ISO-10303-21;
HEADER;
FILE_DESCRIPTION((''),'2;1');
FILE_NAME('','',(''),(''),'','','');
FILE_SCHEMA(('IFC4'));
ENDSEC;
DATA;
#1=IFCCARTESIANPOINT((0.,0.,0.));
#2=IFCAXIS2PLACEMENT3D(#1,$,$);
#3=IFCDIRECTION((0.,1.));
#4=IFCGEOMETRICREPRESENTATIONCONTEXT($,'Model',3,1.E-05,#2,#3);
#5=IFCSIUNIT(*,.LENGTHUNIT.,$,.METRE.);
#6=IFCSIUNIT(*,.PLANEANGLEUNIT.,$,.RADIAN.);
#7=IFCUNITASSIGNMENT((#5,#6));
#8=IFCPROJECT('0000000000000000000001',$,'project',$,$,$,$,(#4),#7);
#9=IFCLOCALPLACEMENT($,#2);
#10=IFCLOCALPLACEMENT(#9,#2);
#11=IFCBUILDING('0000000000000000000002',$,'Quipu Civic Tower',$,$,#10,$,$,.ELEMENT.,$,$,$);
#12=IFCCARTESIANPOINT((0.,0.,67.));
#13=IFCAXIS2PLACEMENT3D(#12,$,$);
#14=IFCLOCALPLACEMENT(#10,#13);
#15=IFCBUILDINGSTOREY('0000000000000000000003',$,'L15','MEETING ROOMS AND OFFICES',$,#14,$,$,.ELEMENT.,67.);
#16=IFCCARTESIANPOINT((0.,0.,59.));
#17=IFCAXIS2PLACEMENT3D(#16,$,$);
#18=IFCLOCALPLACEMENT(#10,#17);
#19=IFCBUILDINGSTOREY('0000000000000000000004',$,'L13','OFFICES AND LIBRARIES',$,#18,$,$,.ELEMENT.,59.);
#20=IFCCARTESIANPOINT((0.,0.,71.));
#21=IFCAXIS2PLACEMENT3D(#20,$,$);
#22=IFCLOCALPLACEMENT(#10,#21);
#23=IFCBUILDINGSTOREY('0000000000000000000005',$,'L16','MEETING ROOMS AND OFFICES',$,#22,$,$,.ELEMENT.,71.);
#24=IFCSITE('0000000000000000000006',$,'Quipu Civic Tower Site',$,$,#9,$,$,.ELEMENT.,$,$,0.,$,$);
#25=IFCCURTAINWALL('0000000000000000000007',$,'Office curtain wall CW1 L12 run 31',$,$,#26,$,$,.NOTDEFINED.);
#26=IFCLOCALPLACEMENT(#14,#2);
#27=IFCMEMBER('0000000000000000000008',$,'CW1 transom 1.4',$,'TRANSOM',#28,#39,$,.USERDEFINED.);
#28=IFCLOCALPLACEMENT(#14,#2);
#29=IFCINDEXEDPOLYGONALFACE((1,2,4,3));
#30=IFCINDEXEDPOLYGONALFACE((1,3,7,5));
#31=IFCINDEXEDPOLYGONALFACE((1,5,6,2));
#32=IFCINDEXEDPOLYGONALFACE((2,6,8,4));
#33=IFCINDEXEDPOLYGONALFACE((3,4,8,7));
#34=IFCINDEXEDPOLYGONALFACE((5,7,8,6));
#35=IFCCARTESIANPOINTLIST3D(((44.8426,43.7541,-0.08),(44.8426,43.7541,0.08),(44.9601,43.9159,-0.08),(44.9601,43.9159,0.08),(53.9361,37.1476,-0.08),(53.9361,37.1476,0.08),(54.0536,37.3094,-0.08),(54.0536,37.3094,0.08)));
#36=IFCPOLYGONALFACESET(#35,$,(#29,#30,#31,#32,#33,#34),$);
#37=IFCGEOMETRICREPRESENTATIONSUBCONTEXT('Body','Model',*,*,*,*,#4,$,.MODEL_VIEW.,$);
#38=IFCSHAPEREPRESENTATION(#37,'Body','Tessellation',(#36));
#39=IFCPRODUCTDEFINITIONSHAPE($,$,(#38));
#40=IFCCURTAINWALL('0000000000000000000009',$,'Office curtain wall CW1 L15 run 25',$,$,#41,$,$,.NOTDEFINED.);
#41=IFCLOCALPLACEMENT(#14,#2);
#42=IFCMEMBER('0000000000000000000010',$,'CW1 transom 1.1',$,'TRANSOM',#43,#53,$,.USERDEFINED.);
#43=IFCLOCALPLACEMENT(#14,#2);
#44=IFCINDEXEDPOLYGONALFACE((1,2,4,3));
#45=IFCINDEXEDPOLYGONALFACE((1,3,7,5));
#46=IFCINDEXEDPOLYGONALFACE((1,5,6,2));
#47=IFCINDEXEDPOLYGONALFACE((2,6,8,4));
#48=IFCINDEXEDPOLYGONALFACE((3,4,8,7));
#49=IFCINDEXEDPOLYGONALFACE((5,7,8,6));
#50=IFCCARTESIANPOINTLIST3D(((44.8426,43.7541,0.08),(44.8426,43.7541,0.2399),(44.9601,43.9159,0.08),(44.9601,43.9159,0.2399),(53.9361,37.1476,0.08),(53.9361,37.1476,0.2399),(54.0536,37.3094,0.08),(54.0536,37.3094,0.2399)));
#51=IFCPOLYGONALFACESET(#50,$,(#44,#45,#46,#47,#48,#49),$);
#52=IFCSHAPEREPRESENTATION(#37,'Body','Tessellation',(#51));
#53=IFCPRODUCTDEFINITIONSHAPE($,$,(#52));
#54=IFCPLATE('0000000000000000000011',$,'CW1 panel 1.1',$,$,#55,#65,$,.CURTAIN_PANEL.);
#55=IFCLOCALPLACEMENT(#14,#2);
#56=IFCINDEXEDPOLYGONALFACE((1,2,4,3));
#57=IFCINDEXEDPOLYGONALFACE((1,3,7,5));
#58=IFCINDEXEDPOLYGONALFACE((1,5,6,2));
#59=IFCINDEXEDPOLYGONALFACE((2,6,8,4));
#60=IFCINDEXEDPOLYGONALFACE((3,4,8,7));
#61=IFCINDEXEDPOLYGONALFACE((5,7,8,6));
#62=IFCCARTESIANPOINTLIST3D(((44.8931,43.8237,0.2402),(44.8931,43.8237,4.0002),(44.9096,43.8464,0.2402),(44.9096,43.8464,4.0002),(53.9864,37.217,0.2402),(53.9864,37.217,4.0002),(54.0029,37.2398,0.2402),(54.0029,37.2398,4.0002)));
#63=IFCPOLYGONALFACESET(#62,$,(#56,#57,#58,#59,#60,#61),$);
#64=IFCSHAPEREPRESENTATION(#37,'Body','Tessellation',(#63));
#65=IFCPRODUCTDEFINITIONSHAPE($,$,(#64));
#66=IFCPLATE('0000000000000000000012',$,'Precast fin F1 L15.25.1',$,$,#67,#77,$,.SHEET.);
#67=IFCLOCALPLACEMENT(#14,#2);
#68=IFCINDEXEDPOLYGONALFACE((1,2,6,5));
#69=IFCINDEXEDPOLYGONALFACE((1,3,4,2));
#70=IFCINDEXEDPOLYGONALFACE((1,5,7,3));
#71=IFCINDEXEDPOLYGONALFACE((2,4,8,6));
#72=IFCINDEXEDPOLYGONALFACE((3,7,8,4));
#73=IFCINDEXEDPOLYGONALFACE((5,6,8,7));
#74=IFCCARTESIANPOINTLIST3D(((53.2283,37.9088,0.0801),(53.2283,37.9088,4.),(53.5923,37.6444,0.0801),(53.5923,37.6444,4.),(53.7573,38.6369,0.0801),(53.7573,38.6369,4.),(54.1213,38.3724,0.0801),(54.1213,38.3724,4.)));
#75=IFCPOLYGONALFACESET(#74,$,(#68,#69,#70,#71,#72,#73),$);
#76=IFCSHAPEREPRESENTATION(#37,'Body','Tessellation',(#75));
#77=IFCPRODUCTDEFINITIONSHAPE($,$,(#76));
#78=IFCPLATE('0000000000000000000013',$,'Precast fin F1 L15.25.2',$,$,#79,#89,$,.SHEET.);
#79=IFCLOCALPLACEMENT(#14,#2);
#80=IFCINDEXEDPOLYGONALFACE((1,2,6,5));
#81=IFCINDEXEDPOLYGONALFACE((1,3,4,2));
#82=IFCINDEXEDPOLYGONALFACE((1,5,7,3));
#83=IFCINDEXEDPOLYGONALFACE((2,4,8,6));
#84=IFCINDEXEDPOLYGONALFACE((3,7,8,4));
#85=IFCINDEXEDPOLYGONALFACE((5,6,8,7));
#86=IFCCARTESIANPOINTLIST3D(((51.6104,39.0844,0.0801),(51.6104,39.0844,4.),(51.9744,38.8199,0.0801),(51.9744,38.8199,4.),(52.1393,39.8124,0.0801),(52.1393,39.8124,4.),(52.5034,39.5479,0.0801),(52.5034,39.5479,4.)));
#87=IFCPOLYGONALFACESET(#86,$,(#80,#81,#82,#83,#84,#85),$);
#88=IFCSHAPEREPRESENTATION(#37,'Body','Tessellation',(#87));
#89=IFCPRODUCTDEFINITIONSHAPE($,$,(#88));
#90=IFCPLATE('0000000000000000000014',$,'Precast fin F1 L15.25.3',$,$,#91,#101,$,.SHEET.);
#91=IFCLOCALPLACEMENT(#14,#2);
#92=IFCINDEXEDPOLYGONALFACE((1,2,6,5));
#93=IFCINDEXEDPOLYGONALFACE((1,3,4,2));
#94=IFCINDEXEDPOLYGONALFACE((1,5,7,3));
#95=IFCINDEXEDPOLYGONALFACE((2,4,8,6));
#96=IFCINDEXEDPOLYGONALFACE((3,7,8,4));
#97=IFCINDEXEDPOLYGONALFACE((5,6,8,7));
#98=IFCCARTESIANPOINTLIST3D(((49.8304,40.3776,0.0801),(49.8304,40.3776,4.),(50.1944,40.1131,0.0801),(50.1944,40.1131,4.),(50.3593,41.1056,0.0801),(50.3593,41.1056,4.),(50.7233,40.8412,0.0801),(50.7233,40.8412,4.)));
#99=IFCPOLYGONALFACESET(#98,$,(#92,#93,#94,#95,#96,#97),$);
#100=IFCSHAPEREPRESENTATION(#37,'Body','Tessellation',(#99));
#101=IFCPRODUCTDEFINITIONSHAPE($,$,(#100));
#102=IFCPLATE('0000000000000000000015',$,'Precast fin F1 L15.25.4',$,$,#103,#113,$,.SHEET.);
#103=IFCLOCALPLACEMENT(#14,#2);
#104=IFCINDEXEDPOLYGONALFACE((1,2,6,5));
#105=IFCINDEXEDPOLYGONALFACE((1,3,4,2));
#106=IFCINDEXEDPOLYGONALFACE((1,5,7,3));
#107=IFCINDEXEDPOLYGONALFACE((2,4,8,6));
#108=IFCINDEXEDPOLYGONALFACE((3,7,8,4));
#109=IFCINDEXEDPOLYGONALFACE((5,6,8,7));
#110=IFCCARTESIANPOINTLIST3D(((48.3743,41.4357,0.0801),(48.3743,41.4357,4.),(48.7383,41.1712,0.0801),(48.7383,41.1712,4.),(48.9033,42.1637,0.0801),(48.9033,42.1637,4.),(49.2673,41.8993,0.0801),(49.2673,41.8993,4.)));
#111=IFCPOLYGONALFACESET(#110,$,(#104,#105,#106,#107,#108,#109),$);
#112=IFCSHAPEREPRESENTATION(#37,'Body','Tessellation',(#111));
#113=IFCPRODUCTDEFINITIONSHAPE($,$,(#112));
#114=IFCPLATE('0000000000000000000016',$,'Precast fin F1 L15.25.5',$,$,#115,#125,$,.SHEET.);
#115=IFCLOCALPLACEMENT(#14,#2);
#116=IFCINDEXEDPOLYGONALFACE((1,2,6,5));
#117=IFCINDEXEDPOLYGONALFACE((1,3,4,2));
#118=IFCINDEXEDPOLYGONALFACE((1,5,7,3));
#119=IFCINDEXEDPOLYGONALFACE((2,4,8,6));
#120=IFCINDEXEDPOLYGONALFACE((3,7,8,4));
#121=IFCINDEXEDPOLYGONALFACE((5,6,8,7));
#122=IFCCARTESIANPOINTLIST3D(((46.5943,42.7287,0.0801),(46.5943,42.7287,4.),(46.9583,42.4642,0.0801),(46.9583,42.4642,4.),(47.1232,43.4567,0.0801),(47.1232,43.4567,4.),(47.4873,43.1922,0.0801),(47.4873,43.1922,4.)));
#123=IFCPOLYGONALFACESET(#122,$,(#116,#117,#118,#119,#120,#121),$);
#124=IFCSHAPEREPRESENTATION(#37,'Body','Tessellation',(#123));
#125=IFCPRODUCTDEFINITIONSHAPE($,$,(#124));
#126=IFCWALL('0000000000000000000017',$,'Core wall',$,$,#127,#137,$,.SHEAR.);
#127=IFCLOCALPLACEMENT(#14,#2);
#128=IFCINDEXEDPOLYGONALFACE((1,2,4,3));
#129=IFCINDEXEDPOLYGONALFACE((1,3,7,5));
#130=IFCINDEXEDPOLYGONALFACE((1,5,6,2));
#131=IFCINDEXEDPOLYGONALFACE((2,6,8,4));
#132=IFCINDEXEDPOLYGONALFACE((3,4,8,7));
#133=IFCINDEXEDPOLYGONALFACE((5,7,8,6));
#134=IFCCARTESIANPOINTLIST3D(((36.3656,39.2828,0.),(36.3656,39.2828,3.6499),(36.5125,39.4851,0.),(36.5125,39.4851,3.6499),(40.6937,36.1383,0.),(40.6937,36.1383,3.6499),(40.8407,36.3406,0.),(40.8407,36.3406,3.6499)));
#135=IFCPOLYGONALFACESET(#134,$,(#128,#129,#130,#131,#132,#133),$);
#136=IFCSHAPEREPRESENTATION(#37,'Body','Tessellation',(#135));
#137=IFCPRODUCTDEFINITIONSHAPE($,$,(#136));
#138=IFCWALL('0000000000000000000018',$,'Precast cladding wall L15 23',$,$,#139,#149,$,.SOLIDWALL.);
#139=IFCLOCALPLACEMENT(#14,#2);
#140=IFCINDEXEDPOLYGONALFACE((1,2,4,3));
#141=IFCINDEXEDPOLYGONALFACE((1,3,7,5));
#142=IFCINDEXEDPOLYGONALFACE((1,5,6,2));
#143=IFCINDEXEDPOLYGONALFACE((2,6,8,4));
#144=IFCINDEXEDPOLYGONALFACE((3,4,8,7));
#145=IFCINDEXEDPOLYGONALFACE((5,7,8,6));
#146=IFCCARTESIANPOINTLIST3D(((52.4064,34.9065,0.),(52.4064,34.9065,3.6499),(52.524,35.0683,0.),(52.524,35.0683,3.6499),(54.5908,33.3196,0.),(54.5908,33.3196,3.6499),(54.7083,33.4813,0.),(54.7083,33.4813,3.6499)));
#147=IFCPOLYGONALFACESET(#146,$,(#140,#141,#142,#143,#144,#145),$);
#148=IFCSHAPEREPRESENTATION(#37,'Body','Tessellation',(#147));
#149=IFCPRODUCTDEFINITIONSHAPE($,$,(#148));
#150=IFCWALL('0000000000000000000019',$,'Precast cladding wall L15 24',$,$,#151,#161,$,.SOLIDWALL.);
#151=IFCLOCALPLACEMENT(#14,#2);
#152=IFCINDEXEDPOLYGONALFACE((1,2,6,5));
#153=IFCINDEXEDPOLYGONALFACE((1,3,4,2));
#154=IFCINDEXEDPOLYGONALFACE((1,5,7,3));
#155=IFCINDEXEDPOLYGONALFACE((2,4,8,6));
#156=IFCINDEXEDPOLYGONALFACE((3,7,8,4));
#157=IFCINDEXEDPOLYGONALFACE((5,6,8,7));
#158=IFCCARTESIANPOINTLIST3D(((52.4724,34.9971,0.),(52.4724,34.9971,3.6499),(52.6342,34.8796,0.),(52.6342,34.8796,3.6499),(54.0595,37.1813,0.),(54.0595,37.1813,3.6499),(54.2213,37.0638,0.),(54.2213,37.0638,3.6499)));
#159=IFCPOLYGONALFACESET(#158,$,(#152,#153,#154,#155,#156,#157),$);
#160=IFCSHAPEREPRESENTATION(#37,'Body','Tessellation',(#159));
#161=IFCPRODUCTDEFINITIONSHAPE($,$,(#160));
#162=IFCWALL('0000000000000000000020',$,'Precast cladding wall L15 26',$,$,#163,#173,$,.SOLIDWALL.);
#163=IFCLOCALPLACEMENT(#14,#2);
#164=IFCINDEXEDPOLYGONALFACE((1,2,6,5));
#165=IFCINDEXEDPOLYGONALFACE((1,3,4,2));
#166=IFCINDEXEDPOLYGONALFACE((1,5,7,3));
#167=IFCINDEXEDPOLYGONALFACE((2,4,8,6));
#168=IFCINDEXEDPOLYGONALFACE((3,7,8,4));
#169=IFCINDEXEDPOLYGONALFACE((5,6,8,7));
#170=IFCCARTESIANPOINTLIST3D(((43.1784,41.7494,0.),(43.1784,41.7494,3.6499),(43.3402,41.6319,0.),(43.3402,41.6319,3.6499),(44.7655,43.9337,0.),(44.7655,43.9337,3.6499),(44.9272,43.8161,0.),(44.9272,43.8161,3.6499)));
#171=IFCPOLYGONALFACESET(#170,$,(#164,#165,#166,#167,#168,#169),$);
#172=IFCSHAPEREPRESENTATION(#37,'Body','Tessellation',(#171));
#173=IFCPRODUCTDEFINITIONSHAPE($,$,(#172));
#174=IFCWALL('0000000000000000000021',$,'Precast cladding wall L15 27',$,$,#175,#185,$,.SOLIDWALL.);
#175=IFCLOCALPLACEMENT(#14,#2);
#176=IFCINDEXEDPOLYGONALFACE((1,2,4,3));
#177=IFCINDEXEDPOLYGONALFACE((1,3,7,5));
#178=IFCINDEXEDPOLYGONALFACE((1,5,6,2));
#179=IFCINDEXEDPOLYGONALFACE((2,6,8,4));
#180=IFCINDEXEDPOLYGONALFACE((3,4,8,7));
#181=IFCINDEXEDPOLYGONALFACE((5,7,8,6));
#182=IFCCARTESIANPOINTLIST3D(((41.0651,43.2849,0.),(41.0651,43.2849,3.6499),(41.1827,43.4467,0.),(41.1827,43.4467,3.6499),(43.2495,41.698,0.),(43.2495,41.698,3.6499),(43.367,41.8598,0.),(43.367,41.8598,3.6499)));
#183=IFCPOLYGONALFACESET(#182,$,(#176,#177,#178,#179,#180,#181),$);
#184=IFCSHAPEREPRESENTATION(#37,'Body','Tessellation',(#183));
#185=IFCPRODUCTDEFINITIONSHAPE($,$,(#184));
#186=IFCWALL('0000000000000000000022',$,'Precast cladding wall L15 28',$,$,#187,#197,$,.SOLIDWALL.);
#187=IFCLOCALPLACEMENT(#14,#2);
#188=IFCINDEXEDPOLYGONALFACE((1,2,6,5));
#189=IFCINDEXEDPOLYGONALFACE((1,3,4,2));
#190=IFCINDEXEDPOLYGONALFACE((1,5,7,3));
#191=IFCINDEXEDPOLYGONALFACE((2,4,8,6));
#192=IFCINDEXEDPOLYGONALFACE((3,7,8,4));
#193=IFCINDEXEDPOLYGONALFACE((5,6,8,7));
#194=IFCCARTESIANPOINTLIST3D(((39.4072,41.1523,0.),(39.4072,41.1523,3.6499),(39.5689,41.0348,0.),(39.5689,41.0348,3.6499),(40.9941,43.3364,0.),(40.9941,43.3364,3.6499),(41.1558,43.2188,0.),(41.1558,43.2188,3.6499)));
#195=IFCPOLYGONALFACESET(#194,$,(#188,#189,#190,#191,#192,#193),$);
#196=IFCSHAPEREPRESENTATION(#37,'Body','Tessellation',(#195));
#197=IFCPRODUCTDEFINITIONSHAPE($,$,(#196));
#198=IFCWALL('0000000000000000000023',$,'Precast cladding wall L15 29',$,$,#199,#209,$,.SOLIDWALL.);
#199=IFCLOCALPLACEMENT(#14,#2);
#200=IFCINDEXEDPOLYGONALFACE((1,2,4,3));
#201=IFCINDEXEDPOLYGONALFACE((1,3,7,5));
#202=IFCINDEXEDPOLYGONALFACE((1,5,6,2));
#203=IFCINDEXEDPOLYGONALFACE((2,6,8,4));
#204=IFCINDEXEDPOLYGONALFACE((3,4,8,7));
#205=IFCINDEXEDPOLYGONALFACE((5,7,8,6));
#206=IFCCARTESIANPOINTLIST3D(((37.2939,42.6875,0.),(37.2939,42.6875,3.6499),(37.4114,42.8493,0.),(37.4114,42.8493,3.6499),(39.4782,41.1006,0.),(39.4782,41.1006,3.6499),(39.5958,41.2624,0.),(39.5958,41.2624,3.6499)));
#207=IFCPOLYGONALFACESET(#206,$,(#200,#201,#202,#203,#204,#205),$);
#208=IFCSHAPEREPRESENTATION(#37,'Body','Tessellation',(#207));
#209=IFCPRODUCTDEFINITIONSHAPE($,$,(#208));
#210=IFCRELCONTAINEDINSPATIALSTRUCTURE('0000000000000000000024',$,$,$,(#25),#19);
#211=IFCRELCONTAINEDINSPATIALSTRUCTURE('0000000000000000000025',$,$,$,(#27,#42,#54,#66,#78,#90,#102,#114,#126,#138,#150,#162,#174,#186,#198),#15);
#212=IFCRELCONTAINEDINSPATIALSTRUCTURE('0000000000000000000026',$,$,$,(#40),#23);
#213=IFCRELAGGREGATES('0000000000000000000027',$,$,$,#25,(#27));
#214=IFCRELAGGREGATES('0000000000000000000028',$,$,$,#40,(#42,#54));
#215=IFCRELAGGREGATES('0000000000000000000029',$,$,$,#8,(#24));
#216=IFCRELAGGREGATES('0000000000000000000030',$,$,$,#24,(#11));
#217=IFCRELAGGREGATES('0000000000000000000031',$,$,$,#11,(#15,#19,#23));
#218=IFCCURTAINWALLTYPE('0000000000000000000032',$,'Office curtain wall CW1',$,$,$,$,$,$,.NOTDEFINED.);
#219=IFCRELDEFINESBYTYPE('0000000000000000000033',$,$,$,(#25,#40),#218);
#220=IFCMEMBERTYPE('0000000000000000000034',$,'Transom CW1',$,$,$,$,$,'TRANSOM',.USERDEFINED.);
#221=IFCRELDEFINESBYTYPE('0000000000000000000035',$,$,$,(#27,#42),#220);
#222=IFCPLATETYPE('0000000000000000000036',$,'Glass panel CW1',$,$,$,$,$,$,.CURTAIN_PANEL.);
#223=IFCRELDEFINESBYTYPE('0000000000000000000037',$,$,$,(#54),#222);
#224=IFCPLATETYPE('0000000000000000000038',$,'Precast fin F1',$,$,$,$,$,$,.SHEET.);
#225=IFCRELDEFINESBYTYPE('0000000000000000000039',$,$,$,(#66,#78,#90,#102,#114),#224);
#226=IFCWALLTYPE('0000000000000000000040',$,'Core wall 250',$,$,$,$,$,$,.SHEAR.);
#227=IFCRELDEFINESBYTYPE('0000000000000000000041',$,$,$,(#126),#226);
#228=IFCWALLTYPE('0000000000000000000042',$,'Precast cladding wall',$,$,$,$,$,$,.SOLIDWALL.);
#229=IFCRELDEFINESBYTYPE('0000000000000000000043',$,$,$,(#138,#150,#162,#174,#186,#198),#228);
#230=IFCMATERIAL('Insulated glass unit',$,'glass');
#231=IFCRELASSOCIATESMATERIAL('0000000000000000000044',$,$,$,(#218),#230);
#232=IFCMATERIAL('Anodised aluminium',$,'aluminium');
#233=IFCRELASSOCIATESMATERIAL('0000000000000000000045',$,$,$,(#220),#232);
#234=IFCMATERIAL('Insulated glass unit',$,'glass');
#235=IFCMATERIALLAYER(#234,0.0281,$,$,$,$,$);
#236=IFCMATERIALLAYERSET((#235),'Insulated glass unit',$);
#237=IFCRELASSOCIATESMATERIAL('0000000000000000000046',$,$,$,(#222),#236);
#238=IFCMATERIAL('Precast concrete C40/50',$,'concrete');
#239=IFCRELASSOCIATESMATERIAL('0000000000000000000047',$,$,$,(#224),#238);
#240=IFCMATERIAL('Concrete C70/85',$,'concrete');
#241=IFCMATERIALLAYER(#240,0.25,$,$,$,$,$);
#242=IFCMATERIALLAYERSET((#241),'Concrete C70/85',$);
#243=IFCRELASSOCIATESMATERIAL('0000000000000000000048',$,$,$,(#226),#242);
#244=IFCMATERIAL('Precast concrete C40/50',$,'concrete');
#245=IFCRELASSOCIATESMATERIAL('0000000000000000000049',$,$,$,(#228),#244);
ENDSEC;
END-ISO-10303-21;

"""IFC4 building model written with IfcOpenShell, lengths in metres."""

from ifc_helpers import new_model, si_unit, direction, frame, frame_2d, origin, origin_2d, place, context, subcontext, project, spatial, rectangle, extrude, material, layer, layer_set, material_profile, profile_set, type_object, element, aggregate, save


model = new_model("IFC4")

# Units and contexts
model_context = context("Model", 3, precision=1e-05, world=origin(), true_north=direction((0.0, 1.0)))
body_context = subcontext(model_context, "Body", "Model", "MODEL_VIEW")
ifc_project = project(units=[si_unit("LENGTHUNIT", "METRE"), si_unit("PLANEANGLEUNIT", "RADIAN")], contexts=[model_context])

# Site, building, storey
site_placement = place(None, origin())
site = spatial("IfcSite", under=ifc_project, at=site_placement, Name="Quipu Civic Tower Site", CompositionType="ELEMENT", RefElevation=0.0)
building_placement = place(site_placement, origin())
building = spatial("IfcBuilding", under=site, at=building_placement, Name="Quipu Civic Tower", CompositionType="ELEMENT")
storey_1_placement = place(building_placement, frame((0.0, 0.0, 67.0)))
storey_1 = spatial("IfcBuildingStorey", under=building, at=storey_1_placement, Name="L15", Description="MEETING ROOMS AND OFFICES", CompositionType="ELEMENT", Elevation=67.0)

# Shared definitions
storey_2_placement = place(building_placement, frame((0.0, 0.0, 59.0)))
storey_2 = spatial("IfcBuildingStorey", under=building, at=storey_2_placement, Name="L13", Description="OFFICES AND LIBRARIES", CompositionType="ELEMENT", Elevation=59.0)

# Curtain wall, member
ifc_material_1 = material(Name="Insulated glass unit", Category="glass")
curtain_wall_type = type_object("IfcCurtainWallType", Name="Office curtain wall CW1", PredefinedType="NOTDEFINED", material=ifc_material_1)
curtain_wall_1_placement = place(storey_2_placement, origin())
curtain_wall_1 = element("IfcCurtainWall", 1, at=curtain_wall_1_placement, inside=storey_2, type_object=curtain_wall_type, Name="Office curtain wall CW1 L12 run 31", PredefinedType="NOTDEFINED")
ifc_material_2 = material(Name="Anodised aluminium", Category="aluminium")
ifc_material_profile_1 = material_profile(ifc_material_2, rectangle(XDim=0.2, YDim=0.1599, at=origin_2d()), Name="RECT 200x160")
ifc_profile_set_1 = profile_set([ifc_material_profile_1], Name="Anodised aluminium")
member_type = type_object("IfcMemberType", Name="Transom CW1", ElementType="TRANSOM", PredefinedType="USERDEFINED", material=ifc_profile_set_1)
member_1_placement = place(storey_1_placement, frame((53.9949, 37.2285, 0.0), z_axis=(-0.809033, 0.587764, 0.0), x_axis=(-0.587764, -0.809033, 0.0)))
member_1 = element("IfcMember", 2, at=member_1_placement, inside=storey_1, type_object=member_type, Name="CW1 transom 1.4", ObjectType="TRANSOM", PredefinedType="USERDEFINED", context=body_context, shape_type="SweptSolid", body=[
    extrude(rectangle(XDim=0.2, YDim=0.1599, at=origin_2d()), origin(), (0.0, 0.0, 1.0), 11.24),
])
aggregate(curtain_wall_1, [member_1])

# Shared definitions
storey_3_placement = place(building_placement, frame((0.0, 0.0, 71.0)))
storey_3 = spatial("IfcBuildingStorey", under=building, at=storey_3_placement, Name="L16", Description="MEETING ROOMS AND OFFICES", CompositionType="ELEMENT", Elevation=71.0)

# Curtain wall, member, plate
curtain_wall_2_placement = place(storey_3_placement, origin())
curtain_wall_2 = element("IfcCurtainWall", 3, at=curtain_wall_2_placement, inside=storey_3, type_object=curtain_wall_type, Name="Office curtain wall CW1 L15 run 25", PredefinedType="NOTDEFINED")
member_2_placement = place(storey_1_placement, frame((53.9949, 37.2285, 0.1599), z_axis=(-0.809033, 0.587764, 0.0), x_axis=(-0.587764, -0.809033, 0.0)))
member_2 = element("IfcMember", 4, at=member_2_placement, inside=storey_1, type_object=member_type, Name="CW1 transom 1.1", ObjectType="TRANSOM", PredefinedType="USERDEFINED", context=body_context, shape_type="SweptSolid", body=[
    extrude(rectangle(XDim=0.2, YDim=0.1599, at=origin_2d()), origin(), (0.0, 0.0, 1.0), 11.24),
])
ifc_material_3 = material(Name="Insulated glass unit", Category="glass")
ifc_layer_1 = layer(ifc_material_3, 0.0281)
ifc_layer_set_1 = layer_set([ifc_layer_1], Name="Insulated glass unit")
plate_type_1 = type_object("IfcPlateType", Name="Glass panel CW1", PredefinedType="CURTAIN_PANEL", material=ifc_layer_set_1)
plate_placement = place(storey_1_placement, frame((49.448, 40.5317, 0.2402), z_axis=(0.0, 0.0, 1.0), x_axis=(-0.809019, 0.587782, 0.0)))
plate = element("IfcPlate", 5, at=plate_placement, inside=storey_1, type_object=plate_type_1, Name="CW1 panel 1.1", PredefinedType="CURTAIN_PANEL", context=body_context, shape_type="SweptSolid", body=[
    extrude(rectangle(XDim=11.24, YDim=0.0281, at=origin_2d()), origin(), (0.0, 0.0, 1.0), 3.76),
])
aggregate(curtain_wall_2, [member_2, plate])

# Plates
ifc_material_4 = material(Name="Precast concrete C40/50", Category="concrete")
plate_type_2 = type_object("IfcPlateType", Name="Precast fin F1", PredefinedType="SHEET", material=ifc_material_4)
for number, where, z_axis, x_axis, name in (
    (6, (53.6748, 38.1406, 0.0801), (0.0, 0.0, 1.0), (-0.809021, 0.587779, 0.0), "Precast fin F1 L15.25.1"),
    (7, (52.0569, 39.3162, 0.0801), (0.0, 0.0, 1.0), (-0.809021, 0.587779, 0.0), "Precast fin F1 L15.25.2"),
    (8, (50.2769, 40.6094, 0.0801), (0.0, 0.0, 1.0), (-0.809021, 0.587779, 0.0), "Precast fin F1 L15.25.3"),
    (9, (48.8208, 41.6675, 0.0801), (0.0, 0.0, 1.0), (-0.809021, 0.587779, 0.0), "Precast fin F1 L15.25.4"),
    (10, (47.0408, 42.9604, 0.0801), (0.0, 0.0, 1.0), (-0.809021, 0.587779, 0.0), "Precast fin F1 L15.25.5"),
):
    element("IfcPlate", number, at=place(storey_1_placement, frame(where, z_axis=z_axis, x_axis=x_axis)), inside=storey_1, type_object=plate_type_2, Name=name, PredefinedType="SHEET", context=body_context, shape_type="SweptSolid", body=[
        extrude(rectangle(XDim=0.45, YDim=0.8999, at=origin_2d()), origin(), (0.0, 0.0, 1.0), 3.9199),
    ])

# Walls
ifc_material_5 = material(Name="Concrete C70/85", Category="concrete")
ifc_layer_2 = layer(ifc_material_5, 0.25)
ifc_layer_set_2 = layer_set([ifc_layer_2], Name="Concrete C70/85")
wall_type_1 = type_object("IfcWallType", Name="Core wall 250", PredefinedType="SHEAR", material=ifc_layer_set_2)
wall_1_placement = place(storey_1_placement, frame((40.7671, 36.2395, 0.0), z_axis=(0.0, 0.0, 1.0), x_axis=(-0.80902, 0.587781, 0.0)))
element("IfcWall", 11, at=wall_1_placement, inside=storey_1, type_object=wall_type_1, Name="Core wall", PredefinedType="SHEAR", context=body_context, shape_type="SweptSolid", body=[
    extrude(rectangle(XDim=5.3499, YDim=0.25, at=frame_2d((2.6748, 0.0))), origin(), (0.0, 0.0, 1.0), 3.6499),
])
ifc_material_6 = material(Name="Precast concrete C40/50", Category="concrete")
wall_type_2 = type_object("IfcWallType", Name="Precast cladding wall", PredefinedType="SOLIDWALL", material=ifc_material_6)
for number, where, z_axis, x_axis, name in (
    (12, (54.6497, 33.4004, 0.0), (0.0, 0.0, 1.0), (-0.809033, 0.587763, 0.0), "Precast cladding wall L15 23"),
    (13, (52.5532, 34.9382, 0.0), (0.0, 0.0, 1.0), (0.587822, 0.80899, 0.0), "Precast cladding wall L15 24"),
    (14, (44.8464, 43.875, 0.0), (0.0, 0.0, 1.0), (-0.587822, -0.80899, 0.0), "Precast cladding wall L15 26"),
    (15, (43.3083, 41.7788, 0.0), (0.0, 0.0, 1.0), (-0.809033, 0.587763, 0.0), "Precast cladding wall L15 27"),
):
    element("IfcWall", number, at=place(storey_1_placement, frame(where, z_axis=z_axis, x_axis=x_axis)), inside=storey_1, type_object=wall_type_2, Name=name, PredefinedType="SOLIDWALL", context=body_context, shape_type="SweptSolid", body=[
        extrude(rectangle(XDim=2.7, YDim=0.2, at=frame_2d((1.3501, 0.0))), origin(), (0.0, 0.0, 1.0), 3.6499),
    ])
wall_2_placement = place(storey_1_placement, frame((41.075, 43.2776, 0.0), z_axis=(0.0, 0.0, 1.0), x_axis=(-0.587806, -0.809002, 0.0)))
element("IfcWall", 16, at=wall_2_placement, inside=storey_1, type_object=wall_type_2, Name="Precast cladding wall L15 28", PredefinedType="SOLIDWALL", context=body_context, shape_type="SweptSolid", body=[
    extrude(rectangle(XDim=2.6997, YDim=0.2, at=frame_2d((1.3499, 0.0))), origin(), (0.0, 0.0, 1.0), 3.6499),
])
wall_3_placement = place(storey_1_placement, frame((39.5371, 41.1814, 0.0), z_axis=(0.0, 0.0, 1.0), x_axis=(-0.809033, 0.587763, 0.0)))
element("IfcWall", 17, at=wall_3_placement, inside=storey_1, type_object=wall_type_2, Name="Precast cladding wall L15 29", PredefinedType="SOLIDWALL", context=body_context, shape_type="SweptSolid", body=[
    extrude(rectangle(XDim=2.7, YDim=0.2, at=frame_2d((1.3501, 0.0))), origin(), (0.0, 0.0, 1.0), 3.6499),
])

save(model, "model.ifc")
